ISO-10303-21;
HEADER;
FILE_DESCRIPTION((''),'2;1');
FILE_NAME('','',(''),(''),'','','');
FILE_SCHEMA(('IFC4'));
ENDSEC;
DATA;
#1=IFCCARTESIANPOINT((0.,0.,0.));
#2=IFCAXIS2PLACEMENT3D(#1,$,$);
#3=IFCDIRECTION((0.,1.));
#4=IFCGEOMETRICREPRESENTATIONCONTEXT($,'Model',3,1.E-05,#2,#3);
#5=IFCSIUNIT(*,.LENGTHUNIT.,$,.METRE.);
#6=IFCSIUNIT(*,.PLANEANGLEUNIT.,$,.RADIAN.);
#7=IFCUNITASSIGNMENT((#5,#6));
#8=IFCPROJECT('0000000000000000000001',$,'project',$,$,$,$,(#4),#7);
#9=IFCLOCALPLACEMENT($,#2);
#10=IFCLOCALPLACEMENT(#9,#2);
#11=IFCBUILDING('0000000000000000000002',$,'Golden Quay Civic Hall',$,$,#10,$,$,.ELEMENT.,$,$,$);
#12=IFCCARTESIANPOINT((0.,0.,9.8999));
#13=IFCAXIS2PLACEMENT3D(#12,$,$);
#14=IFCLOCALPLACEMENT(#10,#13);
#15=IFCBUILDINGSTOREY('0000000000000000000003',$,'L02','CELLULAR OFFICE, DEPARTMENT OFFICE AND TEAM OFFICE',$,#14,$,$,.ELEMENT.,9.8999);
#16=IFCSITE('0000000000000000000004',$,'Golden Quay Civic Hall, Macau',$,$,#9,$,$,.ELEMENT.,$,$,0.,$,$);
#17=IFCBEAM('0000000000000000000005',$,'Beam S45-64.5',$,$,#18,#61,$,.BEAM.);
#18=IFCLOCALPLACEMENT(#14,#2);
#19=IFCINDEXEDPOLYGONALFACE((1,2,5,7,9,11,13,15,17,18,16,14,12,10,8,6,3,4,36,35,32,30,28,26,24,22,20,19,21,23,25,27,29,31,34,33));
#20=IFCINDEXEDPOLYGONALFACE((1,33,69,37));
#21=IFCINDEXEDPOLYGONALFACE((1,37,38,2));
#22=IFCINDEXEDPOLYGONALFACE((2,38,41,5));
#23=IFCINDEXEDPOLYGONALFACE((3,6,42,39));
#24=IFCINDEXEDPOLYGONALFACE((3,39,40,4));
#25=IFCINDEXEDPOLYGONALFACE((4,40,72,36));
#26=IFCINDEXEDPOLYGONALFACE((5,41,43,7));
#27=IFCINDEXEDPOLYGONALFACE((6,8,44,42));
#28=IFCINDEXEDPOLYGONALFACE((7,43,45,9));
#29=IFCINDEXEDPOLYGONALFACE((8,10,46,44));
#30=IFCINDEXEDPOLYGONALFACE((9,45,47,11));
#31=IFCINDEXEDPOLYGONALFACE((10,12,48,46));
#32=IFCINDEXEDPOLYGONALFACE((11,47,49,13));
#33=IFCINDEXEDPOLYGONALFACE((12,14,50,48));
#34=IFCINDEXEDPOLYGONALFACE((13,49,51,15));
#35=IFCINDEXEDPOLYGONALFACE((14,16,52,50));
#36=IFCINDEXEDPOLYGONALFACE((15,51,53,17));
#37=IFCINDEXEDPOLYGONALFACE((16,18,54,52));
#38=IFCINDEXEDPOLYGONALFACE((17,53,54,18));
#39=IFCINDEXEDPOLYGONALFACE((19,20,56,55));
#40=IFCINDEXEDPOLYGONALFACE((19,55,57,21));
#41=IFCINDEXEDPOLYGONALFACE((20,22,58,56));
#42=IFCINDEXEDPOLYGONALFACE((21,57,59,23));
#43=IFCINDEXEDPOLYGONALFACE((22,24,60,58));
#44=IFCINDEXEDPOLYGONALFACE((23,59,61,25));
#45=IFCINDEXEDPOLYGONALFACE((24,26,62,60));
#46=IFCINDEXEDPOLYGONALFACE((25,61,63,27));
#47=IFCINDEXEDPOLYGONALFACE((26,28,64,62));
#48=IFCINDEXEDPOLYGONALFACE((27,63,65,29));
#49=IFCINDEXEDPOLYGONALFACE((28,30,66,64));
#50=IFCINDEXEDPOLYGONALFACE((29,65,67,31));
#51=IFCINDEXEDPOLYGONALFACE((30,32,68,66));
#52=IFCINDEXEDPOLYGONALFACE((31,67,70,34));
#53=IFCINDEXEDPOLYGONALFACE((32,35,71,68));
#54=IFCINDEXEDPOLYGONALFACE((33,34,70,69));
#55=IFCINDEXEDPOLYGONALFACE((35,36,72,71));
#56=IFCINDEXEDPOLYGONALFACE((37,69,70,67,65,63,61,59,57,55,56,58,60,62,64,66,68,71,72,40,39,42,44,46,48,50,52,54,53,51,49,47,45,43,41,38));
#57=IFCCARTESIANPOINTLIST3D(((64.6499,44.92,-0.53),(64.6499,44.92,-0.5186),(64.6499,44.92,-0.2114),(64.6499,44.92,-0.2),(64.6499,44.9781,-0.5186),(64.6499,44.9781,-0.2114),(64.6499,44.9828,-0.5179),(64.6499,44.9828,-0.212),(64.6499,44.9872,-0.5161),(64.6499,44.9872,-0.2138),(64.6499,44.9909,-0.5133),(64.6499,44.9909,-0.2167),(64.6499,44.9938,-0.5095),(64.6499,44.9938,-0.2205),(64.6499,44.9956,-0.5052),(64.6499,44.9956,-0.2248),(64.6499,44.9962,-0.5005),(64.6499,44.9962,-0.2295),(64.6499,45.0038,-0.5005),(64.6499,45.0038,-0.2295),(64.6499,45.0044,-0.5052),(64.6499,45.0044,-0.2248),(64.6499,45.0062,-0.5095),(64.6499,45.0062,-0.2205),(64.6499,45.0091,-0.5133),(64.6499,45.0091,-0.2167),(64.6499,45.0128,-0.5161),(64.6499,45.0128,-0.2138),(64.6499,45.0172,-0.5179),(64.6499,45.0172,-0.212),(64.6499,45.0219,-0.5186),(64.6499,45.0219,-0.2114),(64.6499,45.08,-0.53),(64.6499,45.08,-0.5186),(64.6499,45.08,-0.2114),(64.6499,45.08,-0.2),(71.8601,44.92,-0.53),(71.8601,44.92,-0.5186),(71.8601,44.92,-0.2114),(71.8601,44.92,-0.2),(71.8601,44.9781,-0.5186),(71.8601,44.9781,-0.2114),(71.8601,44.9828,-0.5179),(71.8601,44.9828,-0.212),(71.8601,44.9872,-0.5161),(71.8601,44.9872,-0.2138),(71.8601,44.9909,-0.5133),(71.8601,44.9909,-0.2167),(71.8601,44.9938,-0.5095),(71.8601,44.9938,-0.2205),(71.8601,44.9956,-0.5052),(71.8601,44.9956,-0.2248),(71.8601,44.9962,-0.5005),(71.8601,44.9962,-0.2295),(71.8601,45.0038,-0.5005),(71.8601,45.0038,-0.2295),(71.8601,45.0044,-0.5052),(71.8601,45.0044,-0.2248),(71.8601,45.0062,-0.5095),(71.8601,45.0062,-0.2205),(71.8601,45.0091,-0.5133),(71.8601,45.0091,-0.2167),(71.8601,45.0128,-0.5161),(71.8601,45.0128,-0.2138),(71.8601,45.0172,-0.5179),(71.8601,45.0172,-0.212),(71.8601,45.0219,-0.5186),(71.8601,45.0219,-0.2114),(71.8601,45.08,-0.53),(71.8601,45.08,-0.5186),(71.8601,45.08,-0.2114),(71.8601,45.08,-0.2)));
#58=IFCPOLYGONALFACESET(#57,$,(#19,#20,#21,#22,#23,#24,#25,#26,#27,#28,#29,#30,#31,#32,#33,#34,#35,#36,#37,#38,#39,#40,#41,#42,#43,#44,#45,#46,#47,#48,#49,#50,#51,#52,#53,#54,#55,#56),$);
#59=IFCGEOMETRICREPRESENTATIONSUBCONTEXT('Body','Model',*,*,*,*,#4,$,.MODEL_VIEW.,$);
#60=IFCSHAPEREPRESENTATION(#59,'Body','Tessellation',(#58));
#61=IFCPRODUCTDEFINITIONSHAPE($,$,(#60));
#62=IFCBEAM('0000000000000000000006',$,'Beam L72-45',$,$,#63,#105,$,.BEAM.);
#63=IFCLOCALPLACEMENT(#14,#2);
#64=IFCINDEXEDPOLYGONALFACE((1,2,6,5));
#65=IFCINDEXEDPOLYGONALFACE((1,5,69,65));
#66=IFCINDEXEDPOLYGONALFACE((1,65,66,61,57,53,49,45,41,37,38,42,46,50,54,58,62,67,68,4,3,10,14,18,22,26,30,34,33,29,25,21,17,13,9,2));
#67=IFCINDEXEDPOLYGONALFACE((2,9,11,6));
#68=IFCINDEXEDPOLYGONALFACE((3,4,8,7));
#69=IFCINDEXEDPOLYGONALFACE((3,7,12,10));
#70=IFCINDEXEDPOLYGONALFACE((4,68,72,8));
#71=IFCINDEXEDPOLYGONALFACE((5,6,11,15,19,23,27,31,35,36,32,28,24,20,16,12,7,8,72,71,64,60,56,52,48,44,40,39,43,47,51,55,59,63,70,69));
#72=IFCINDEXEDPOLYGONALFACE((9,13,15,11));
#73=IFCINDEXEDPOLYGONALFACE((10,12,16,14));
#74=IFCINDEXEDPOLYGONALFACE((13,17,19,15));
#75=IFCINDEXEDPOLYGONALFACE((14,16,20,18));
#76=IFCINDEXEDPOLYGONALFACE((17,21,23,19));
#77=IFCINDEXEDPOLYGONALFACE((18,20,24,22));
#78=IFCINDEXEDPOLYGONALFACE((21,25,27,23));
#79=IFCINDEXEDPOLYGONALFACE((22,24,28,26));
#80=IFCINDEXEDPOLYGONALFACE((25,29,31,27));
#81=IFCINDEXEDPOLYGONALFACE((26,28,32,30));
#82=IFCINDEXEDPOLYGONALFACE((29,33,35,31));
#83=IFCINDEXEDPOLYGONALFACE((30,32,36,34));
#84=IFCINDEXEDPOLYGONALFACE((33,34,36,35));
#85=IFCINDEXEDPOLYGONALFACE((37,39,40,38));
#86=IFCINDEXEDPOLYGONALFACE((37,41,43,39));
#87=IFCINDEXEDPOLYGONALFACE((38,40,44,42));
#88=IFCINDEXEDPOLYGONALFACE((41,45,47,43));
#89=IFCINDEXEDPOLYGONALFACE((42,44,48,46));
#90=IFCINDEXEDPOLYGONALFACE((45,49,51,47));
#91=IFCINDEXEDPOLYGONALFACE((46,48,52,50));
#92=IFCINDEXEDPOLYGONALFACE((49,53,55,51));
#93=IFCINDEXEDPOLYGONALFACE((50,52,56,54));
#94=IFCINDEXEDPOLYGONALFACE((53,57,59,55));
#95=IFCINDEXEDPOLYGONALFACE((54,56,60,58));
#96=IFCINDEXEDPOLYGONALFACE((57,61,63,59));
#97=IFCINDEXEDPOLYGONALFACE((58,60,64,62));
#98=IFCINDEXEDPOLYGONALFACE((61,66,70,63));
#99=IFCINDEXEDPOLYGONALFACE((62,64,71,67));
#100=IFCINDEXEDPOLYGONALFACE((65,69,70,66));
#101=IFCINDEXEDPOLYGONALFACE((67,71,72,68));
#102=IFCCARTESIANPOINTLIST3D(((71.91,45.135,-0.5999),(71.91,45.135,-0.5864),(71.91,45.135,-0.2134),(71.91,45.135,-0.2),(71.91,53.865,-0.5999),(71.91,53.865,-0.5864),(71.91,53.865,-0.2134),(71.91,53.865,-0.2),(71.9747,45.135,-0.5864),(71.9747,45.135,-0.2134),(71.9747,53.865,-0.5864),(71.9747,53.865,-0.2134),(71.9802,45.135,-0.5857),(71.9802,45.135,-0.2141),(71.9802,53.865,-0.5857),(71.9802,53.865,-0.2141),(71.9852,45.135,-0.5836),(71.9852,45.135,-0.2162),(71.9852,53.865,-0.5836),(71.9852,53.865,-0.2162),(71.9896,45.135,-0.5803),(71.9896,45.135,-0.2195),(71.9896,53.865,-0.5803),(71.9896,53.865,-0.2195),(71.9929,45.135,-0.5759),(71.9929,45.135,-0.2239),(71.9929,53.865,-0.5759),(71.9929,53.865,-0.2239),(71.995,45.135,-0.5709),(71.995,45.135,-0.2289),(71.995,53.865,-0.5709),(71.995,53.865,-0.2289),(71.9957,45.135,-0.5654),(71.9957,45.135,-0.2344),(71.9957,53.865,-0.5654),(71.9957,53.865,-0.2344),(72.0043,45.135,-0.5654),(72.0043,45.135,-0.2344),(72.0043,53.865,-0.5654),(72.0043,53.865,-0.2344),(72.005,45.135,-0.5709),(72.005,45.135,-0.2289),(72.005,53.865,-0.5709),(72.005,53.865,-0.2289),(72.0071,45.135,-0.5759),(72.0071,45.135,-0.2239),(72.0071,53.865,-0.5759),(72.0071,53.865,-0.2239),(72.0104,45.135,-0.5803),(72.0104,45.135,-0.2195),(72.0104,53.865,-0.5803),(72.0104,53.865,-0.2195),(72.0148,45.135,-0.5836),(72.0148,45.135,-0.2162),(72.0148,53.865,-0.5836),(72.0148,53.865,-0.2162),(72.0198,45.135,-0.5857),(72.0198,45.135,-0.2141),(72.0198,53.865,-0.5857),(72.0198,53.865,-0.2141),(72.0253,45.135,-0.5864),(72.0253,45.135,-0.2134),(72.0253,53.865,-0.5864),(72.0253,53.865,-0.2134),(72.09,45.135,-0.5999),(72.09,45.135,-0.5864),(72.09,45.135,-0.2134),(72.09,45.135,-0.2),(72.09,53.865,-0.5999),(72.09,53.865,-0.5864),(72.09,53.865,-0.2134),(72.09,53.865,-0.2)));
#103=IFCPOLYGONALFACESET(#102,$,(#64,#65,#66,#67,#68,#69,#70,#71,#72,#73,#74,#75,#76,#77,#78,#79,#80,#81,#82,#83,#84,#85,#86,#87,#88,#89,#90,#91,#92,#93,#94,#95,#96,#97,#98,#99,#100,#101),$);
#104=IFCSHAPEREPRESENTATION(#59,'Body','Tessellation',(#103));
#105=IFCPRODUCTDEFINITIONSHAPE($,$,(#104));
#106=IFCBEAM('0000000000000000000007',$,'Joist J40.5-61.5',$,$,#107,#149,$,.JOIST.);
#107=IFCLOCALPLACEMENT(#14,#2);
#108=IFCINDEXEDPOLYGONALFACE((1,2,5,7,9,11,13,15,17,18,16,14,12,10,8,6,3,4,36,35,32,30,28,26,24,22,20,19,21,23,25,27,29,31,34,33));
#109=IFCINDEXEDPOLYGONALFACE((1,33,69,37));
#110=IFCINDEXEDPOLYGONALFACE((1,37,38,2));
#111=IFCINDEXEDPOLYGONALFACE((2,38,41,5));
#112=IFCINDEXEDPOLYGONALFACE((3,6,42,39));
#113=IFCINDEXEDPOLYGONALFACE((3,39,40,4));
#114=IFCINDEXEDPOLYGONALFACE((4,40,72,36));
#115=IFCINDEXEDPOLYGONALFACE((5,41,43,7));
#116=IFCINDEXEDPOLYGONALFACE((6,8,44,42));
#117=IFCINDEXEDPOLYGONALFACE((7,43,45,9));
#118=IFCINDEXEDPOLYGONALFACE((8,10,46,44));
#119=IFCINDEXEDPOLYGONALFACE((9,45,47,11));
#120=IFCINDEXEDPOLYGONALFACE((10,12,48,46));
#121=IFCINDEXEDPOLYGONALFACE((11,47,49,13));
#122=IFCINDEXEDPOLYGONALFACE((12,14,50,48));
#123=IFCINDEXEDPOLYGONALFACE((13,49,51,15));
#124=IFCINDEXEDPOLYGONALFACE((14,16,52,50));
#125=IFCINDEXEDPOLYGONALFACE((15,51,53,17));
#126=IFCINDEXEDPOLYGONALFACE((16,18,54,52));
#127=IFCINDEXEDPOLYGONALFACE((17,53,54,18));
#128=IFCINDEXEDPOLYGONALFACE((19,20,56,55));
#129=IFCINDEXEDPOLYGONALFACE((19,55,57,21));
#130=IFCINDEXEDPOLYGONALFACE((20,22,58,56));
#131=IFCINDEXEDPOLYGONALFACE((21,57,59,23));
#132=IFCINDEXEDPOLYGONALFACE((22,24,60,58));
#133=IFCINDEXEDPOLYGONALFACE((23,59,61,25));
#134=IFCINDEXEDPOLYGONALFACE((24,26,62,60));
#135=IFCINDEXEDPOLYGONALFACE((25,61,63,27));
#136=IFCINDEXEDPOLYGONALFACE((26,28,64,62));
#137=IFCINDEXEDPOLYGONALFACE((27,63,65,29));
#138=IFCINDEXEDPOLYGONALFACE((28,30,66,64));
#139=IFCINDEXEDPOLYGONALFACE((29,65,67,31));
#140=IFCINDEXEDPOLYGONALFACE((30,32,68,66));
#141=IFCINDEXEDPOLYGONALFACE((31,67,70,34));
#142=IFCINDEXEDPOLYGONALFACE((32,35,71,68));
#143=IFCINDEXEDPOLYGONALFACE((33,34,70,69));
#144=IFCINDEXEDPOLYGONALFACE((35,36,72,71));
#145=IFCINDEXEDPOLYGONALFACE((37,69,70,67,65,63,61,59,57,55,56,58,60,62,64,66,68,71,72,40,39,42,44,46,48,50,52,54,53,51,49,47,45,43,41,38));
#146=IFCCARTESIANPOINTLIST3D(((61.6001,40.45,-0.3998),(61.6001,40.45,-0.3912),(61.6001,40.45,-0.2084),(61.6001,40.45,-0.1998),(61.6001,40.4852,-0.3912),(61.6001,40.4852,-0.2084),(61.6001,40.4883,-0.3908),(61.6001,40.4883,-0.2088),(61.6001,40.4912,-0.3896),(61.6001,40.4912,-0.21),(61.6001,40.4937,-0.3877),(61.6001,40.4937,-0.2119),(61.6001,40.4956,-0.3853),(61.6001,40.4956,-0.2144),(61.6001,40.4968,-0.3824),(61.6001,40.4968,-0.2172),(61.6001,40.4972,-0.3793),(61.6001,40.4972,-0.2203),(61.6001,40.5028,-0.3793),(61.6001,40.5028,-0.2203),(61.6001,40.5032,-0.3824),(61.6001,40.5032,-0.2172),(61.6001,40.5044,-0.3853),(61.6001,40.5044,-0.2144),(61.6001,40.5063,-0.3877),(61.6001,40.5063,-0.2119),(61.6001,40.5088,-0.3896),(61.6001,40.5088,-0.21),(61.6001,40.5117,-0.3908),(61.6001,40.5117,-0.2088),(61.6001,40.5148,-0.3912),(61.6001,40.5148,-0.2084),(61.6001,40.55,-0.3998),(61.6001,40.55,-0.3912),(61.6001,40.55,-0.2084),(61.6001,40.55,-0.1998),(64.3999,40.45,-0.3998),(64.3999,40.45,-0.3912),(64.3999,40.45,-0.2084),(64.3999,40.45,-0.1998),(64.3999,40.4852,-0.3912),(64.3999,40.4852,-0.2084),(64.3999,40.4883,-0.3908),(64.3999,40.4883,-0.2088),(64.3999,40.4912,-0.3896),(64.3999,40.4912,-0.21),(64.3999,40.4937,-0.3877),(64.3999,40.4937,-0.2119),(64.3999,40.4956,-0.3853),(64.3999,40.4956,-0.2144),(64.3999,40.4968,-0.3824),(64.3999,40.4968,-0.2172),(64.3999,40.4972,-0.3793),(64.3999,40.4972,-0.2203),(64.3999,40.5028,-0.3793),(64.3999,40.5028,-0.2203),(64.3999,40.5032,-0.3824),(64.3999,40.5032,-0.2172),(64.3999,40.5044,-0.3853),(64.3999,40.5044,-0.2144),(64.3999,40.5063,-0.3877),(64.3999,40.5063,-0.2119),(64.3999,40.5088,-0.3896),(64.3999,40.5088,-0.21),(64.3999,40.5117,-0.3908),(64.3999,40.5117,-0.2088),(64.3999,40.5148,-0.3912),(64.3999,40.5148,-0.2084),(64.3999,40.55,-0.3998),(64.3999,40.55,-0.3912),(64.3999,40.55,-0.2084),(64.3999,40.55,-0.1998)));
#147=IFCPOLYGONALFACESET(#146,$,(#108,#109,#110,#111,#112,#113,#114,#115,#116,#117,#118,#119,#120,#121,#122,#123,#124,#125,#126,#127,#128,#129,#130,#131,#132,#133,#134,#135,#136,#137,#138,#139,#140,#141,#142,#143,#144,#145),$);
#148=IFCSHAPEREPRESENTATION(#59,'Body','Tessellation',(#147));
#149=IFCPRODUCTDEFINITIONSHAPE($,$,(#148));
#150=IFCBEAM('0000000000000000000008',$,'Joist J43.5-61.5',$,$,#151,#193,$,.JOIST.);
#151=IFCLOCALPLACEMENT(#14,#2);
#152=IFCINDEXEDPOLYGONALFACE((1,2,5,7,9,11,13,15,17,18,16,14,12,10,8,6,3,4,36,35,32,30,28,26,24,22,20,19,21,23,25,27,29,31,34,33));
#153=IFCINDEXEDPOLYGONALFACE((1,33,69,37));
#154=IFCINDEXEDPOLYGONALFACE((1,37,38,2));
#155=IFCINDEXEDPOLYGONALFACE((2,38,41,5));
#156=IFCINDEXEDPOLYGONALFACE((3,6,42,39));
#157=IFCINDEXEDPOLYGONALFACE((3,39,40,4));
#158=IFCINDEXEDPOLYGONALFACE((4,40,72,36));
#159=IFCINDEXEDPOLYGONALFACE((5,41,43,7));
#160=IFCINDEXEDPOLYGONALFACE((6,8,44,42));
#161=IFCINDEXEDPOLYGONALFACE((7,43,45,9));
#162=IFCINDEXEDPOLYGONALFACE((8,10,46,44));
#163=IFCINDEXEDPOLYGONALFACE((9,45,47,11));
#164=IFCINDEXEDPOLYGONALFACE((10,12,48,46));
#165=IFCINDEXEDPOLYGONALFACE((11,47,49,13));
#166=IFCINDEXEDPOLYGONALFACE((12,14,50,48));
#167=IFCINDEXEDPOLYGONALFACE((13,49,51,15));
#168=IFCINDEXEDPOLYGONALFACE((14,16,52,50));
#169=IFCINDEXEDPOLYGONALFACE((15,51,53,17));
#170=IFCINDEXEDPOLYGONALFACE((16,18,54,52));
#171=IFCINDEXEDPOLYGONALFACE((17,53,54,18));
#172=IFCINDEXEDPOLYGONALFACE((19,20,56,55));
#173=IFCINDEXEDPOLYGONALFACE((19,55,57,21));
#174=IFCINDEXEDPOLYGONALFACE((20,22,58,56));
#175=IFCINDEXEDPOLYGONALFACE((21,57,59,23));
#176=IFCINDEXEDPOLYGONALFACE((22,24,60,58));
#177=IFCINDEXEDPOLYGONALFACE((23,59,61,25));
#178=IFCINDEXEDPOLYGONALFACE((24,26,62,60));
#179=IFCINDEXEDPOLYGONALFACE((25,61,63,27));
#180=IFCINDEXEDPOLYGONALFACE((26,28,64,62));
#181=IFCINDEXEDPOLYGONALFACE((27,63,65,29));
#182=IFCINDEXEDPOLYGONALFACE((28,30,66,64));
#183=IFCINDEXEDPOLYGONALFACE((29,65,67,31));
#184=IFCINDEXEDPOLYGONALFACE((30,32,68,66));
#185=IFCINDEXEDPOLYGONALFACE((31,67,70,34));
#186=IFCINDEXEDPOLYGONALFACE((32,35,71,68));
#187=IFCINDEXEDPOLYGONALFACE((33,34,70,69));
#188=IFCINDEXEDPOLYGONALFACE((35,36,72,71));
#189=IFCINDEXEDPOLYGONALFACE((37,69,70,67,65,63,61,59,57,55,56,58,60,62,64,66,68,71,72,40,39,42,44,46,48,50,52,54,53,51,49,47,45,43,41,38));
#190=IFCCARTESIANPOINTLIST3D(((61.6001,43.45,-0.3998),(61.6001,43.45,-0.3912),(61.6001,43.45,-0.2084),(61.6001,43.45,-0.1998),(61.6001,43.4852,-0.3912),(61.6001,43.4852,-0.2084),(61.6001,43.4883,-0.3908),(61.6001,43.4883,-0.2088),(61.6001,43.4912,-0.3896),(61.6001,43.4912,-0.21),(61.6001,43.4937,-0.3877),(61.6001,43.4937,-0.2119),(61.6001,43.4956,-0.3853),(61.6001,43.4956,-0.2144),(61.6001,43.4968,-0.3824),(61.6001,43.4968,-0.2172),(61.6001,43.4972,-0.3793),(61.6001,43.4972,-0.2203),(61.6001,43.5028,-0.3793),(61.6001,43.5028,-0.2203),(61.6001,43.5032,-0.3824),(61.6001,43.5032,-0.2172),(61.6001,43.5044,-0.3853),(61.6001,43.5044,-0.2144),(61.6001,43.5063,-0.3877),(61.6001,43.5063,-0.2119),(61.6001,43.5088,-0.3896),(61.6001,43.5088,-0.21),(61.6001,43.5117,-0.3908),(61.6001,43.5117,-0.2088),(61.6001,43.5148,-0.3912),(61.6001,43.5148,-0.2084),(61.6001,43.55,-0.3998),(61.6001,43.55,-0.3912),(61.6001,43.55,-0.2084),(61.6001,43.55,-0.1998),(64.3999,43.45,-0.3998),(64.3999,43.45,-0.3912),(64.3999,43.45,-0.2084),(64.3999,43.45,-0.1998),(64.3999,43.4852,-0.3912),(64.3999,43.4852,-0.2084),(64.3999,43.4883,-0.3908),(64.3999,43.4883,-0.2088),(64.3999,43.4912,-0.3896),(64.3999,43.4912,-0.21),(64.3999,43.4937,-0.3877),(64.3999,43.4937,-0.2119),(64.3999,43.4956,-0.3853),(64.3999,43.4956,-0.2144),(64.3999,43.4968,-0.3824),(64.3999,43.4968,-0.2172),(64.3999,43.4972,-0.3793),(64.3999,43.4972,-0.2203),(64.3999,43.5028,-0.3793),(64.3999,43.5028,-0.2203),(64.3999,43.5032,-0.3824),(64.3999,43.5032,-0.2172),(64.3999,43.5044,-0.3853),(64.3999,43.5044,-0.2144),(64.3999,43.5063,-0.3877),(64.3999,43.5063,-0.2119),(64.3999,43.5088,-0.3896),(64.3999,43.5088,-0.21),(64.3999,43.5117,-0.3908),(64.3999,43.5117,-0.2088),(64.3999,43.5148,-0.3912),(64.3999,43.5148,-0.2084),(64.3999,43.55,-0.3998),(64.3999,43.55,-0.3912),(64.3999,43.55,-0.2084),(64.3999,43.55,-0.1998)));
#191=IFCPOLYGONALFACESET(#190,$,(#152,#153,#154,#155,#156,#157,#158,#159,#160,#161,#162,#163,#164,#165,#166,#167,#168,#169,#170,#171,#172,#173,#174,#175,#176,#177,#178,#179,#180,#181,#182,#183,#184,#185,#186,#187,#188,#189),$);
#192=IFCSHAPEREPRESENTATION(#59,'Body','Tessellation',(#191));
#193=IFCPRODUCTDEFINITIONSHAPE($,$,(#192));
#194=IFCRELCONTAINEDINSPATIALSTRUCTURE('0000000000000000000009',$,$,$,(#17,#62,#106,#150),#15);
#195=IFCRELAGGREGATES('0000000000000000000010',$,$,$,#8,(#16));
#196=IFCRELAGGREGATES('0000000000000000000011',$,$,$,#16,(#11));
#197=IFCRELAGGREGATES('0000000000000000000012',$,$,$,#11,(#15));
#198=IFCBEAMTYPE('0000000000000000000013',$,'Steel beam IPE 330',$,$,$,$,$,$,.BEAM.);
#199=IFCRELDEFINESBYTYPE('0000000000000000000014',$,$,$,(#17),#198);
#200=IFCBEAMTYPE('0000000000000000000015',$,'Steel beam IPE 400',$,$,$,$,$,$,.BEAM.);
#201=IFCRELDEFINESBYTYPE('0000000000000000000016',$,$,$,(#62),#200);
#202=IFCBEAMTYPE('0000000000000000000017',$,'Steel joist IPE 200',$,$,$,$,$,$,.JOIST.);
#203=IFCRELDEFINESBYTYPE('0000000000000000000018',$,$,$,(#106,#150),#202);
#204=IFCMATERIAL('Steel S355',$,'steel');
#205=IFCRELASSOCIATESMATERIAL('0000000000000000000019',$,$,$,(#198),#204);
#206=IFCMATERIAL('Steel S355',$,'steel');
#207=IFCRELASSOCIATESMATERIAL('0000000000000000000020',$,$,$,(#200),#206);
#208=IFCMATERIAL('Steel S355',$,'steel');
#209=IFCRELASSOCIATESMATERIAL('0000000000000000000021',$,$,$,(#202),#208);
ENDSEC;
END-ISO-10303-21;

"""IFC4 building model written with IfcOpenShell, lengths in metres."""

from ifc_helpers import new_model, si_unit, direction, frame, origin, origin_2d, place, context, subcontext, project, spatial, i_section, extrude, material, material_profile, profile_set, type_object, element, save


model = new_model("IFC4")

# Units and contexts
model_context = context("Model", 3, precision=1e-05, world=origin(), true_north=direction((0.0, 1.0)))
body_context = subcontext(model_context, "Body", "Model", "MODEL_VIEW")
ifc_project = project(units=[si_unit("LENGTHUNIT", "METRE"), si_unit("PLANEANGLEUNIT", "RADIAN")], contexts=[model_context])

# Site, building, storey
site_placement = place(None, origin())
site = spatial("IfcSite", under=ifc_project, at=site_placement, Name="Golden Quay Civic Hall, Macau", CompositionType="ELEMENT", RefElevation=0.0)
building_placement = place(site_placement, origin())
building = spatial("IfcBuilding", under=site, at=building_placement, Name="Golden Quay Civic Hall", CompositionType="ELEMENT")
storey_placement = place(building_placement, frame((0.0, 0.0, 9.8999)))
storey = spatial("IfcBuildingStorey", under=building, at=storey_placement, Name="L02", Description="CELLULAR OFFICE, DEPARTMENT OFFICE AND TEAM OFFICE", CompositionType="ELEMENT", Elevation=9.8999)

# Beams
ifc_material_1 = material(Name="Steel S355", Category="steel")
ifc_material_profile_1 = material_profile(ifc_material_1, i_section(OverallWidth=0.1599, OverallDepth=0.3301, WebThickness=0.0076, FlangeThickness=0.0115, FilletRadius=0.0181, at=origin_2d()), Name="IPE 330")
ifc_profile_set_1 = profile_set([ifc_material_profile_1], Name="Steel S355")
beam_type_1 = type_object("IfcBeamType", Name="Steel beam IPE 330", PredefinedType="BEAM", material=ifc_profile_set_1)
beam_1_placement = place(storey_placement, frame((64.6499, 45.0, -0.365), z_axis=(1.0, 0.0, 0.0), x_axis=(0.0, 1.0, 0.0)))
element("IfcBeam", 1, at=beam_1_placement, inside=storey, type_object=beam_type_1, Name="Beam S45-64.5", PredefinedType="BEAM", context=body_context, shape_type="SweptSolid", body=[
    extrude(i_section(OverallWidth=0.1599, OverallDepth=0.3301, WebThickness=0.0076, FlangeThickness=0.0115, FilletRadius=0.0181, at=origin_2d()), origin(), (0.0, 0.0, 1.0), 7.2102),
])
ifc_material_2 = material(Name="Steel S355", Category="steel")
ifc_material_profile_2 = material_profile(ifc_material_2, i_section(OverallWidth=0.1799, OverallDepth=0.3999, WebThickness=0.0085, FlangeThickness=0.0134, FilletRadius=0.021, at=origin_2d()), Name="IPE 400")
ifc_profile_set_2 = profile_set([ifc_material_profile_2], Name="Steel S355")
beam_type_2 = type_object("IfcBeamType", Name="Steel beam IPE 400", PredefinedType="BEAM", material=ifc_profile_set_2)
beam_2_placement = place(storey_placement, frame((72.0, 45.135, -0.3999), z_axis=(0.0, 1.0, 0.0), x_axis=(-1.0, 0.0, 0.0)))
element("IfcBeam", 2, at=beam_2_placement, inside=storey, type_object=beam_type_2, Name="Beam L72-45", PredefinedType="BEAM", context=body_context, shape_type="SweptSolid", body=[
    extrude(i_section(OverallWidth=0.1799, OverallDepth=0.3999, WebThickness=0.0085, FlangeThickness=0.0134, FilletRadius=0.021, at=origin_2d()), origin(), (0.0, 0.0, 1.0), 8.73),
])
ifc_material_3 = material(Name="Steel S355", Category="steel")
ifc_material_profile_3 = material_profile(ifc_material_3, i_section(OverallWidth=0.1001, OverallDepth=0.2, WebThickness=0.0056, FlangeThickness=0.0085, FilletRadius=0.012, at=origin_2d()), Name="IPE 200")
ifc_profile_set_3 = profile_set([ifc_material_profile_3], Name="Steel S355")
beam_type_3 = type_object("IfcBeamType", Name="Steel joist IPE 200", PredefinedType="JOIST", material=ifc_profile_set_3)
for number, where, z_axis, x_axis, name in (
    (3, (61.6001, 40.5, -0.2998), (1.0, 0.0, 0.0), (0.0, 1.0, 0.0), "Joist J40.5-61.5"),
    (4, (61.6001, 43.5, -0.2998), (1.0, 0.0, 0.0), (0.0, 1.0, 0.0), "Joist J43.5-61.5"),
):
    element("IfcBeam", number, at=place(storey_placement, frame(where, z_axis=z_axis, x_axis=x_axis)), inside=storey, type_object=beam_type_3, Name=name, PredefinedType="JOIST", context=body_context, shape_type="SweptSolid", body=[
        extrude(i_section(OverallWidth=0.1001, OverallDepth=0.2, WebThickness=0.0056, FlangeThickness=0.0085, FilletRadius=0.012, at=origin_2d()), origin(), (0.0, 0.0, 1.0), 2.7998),
    ])

save(model, "model.ifc")
